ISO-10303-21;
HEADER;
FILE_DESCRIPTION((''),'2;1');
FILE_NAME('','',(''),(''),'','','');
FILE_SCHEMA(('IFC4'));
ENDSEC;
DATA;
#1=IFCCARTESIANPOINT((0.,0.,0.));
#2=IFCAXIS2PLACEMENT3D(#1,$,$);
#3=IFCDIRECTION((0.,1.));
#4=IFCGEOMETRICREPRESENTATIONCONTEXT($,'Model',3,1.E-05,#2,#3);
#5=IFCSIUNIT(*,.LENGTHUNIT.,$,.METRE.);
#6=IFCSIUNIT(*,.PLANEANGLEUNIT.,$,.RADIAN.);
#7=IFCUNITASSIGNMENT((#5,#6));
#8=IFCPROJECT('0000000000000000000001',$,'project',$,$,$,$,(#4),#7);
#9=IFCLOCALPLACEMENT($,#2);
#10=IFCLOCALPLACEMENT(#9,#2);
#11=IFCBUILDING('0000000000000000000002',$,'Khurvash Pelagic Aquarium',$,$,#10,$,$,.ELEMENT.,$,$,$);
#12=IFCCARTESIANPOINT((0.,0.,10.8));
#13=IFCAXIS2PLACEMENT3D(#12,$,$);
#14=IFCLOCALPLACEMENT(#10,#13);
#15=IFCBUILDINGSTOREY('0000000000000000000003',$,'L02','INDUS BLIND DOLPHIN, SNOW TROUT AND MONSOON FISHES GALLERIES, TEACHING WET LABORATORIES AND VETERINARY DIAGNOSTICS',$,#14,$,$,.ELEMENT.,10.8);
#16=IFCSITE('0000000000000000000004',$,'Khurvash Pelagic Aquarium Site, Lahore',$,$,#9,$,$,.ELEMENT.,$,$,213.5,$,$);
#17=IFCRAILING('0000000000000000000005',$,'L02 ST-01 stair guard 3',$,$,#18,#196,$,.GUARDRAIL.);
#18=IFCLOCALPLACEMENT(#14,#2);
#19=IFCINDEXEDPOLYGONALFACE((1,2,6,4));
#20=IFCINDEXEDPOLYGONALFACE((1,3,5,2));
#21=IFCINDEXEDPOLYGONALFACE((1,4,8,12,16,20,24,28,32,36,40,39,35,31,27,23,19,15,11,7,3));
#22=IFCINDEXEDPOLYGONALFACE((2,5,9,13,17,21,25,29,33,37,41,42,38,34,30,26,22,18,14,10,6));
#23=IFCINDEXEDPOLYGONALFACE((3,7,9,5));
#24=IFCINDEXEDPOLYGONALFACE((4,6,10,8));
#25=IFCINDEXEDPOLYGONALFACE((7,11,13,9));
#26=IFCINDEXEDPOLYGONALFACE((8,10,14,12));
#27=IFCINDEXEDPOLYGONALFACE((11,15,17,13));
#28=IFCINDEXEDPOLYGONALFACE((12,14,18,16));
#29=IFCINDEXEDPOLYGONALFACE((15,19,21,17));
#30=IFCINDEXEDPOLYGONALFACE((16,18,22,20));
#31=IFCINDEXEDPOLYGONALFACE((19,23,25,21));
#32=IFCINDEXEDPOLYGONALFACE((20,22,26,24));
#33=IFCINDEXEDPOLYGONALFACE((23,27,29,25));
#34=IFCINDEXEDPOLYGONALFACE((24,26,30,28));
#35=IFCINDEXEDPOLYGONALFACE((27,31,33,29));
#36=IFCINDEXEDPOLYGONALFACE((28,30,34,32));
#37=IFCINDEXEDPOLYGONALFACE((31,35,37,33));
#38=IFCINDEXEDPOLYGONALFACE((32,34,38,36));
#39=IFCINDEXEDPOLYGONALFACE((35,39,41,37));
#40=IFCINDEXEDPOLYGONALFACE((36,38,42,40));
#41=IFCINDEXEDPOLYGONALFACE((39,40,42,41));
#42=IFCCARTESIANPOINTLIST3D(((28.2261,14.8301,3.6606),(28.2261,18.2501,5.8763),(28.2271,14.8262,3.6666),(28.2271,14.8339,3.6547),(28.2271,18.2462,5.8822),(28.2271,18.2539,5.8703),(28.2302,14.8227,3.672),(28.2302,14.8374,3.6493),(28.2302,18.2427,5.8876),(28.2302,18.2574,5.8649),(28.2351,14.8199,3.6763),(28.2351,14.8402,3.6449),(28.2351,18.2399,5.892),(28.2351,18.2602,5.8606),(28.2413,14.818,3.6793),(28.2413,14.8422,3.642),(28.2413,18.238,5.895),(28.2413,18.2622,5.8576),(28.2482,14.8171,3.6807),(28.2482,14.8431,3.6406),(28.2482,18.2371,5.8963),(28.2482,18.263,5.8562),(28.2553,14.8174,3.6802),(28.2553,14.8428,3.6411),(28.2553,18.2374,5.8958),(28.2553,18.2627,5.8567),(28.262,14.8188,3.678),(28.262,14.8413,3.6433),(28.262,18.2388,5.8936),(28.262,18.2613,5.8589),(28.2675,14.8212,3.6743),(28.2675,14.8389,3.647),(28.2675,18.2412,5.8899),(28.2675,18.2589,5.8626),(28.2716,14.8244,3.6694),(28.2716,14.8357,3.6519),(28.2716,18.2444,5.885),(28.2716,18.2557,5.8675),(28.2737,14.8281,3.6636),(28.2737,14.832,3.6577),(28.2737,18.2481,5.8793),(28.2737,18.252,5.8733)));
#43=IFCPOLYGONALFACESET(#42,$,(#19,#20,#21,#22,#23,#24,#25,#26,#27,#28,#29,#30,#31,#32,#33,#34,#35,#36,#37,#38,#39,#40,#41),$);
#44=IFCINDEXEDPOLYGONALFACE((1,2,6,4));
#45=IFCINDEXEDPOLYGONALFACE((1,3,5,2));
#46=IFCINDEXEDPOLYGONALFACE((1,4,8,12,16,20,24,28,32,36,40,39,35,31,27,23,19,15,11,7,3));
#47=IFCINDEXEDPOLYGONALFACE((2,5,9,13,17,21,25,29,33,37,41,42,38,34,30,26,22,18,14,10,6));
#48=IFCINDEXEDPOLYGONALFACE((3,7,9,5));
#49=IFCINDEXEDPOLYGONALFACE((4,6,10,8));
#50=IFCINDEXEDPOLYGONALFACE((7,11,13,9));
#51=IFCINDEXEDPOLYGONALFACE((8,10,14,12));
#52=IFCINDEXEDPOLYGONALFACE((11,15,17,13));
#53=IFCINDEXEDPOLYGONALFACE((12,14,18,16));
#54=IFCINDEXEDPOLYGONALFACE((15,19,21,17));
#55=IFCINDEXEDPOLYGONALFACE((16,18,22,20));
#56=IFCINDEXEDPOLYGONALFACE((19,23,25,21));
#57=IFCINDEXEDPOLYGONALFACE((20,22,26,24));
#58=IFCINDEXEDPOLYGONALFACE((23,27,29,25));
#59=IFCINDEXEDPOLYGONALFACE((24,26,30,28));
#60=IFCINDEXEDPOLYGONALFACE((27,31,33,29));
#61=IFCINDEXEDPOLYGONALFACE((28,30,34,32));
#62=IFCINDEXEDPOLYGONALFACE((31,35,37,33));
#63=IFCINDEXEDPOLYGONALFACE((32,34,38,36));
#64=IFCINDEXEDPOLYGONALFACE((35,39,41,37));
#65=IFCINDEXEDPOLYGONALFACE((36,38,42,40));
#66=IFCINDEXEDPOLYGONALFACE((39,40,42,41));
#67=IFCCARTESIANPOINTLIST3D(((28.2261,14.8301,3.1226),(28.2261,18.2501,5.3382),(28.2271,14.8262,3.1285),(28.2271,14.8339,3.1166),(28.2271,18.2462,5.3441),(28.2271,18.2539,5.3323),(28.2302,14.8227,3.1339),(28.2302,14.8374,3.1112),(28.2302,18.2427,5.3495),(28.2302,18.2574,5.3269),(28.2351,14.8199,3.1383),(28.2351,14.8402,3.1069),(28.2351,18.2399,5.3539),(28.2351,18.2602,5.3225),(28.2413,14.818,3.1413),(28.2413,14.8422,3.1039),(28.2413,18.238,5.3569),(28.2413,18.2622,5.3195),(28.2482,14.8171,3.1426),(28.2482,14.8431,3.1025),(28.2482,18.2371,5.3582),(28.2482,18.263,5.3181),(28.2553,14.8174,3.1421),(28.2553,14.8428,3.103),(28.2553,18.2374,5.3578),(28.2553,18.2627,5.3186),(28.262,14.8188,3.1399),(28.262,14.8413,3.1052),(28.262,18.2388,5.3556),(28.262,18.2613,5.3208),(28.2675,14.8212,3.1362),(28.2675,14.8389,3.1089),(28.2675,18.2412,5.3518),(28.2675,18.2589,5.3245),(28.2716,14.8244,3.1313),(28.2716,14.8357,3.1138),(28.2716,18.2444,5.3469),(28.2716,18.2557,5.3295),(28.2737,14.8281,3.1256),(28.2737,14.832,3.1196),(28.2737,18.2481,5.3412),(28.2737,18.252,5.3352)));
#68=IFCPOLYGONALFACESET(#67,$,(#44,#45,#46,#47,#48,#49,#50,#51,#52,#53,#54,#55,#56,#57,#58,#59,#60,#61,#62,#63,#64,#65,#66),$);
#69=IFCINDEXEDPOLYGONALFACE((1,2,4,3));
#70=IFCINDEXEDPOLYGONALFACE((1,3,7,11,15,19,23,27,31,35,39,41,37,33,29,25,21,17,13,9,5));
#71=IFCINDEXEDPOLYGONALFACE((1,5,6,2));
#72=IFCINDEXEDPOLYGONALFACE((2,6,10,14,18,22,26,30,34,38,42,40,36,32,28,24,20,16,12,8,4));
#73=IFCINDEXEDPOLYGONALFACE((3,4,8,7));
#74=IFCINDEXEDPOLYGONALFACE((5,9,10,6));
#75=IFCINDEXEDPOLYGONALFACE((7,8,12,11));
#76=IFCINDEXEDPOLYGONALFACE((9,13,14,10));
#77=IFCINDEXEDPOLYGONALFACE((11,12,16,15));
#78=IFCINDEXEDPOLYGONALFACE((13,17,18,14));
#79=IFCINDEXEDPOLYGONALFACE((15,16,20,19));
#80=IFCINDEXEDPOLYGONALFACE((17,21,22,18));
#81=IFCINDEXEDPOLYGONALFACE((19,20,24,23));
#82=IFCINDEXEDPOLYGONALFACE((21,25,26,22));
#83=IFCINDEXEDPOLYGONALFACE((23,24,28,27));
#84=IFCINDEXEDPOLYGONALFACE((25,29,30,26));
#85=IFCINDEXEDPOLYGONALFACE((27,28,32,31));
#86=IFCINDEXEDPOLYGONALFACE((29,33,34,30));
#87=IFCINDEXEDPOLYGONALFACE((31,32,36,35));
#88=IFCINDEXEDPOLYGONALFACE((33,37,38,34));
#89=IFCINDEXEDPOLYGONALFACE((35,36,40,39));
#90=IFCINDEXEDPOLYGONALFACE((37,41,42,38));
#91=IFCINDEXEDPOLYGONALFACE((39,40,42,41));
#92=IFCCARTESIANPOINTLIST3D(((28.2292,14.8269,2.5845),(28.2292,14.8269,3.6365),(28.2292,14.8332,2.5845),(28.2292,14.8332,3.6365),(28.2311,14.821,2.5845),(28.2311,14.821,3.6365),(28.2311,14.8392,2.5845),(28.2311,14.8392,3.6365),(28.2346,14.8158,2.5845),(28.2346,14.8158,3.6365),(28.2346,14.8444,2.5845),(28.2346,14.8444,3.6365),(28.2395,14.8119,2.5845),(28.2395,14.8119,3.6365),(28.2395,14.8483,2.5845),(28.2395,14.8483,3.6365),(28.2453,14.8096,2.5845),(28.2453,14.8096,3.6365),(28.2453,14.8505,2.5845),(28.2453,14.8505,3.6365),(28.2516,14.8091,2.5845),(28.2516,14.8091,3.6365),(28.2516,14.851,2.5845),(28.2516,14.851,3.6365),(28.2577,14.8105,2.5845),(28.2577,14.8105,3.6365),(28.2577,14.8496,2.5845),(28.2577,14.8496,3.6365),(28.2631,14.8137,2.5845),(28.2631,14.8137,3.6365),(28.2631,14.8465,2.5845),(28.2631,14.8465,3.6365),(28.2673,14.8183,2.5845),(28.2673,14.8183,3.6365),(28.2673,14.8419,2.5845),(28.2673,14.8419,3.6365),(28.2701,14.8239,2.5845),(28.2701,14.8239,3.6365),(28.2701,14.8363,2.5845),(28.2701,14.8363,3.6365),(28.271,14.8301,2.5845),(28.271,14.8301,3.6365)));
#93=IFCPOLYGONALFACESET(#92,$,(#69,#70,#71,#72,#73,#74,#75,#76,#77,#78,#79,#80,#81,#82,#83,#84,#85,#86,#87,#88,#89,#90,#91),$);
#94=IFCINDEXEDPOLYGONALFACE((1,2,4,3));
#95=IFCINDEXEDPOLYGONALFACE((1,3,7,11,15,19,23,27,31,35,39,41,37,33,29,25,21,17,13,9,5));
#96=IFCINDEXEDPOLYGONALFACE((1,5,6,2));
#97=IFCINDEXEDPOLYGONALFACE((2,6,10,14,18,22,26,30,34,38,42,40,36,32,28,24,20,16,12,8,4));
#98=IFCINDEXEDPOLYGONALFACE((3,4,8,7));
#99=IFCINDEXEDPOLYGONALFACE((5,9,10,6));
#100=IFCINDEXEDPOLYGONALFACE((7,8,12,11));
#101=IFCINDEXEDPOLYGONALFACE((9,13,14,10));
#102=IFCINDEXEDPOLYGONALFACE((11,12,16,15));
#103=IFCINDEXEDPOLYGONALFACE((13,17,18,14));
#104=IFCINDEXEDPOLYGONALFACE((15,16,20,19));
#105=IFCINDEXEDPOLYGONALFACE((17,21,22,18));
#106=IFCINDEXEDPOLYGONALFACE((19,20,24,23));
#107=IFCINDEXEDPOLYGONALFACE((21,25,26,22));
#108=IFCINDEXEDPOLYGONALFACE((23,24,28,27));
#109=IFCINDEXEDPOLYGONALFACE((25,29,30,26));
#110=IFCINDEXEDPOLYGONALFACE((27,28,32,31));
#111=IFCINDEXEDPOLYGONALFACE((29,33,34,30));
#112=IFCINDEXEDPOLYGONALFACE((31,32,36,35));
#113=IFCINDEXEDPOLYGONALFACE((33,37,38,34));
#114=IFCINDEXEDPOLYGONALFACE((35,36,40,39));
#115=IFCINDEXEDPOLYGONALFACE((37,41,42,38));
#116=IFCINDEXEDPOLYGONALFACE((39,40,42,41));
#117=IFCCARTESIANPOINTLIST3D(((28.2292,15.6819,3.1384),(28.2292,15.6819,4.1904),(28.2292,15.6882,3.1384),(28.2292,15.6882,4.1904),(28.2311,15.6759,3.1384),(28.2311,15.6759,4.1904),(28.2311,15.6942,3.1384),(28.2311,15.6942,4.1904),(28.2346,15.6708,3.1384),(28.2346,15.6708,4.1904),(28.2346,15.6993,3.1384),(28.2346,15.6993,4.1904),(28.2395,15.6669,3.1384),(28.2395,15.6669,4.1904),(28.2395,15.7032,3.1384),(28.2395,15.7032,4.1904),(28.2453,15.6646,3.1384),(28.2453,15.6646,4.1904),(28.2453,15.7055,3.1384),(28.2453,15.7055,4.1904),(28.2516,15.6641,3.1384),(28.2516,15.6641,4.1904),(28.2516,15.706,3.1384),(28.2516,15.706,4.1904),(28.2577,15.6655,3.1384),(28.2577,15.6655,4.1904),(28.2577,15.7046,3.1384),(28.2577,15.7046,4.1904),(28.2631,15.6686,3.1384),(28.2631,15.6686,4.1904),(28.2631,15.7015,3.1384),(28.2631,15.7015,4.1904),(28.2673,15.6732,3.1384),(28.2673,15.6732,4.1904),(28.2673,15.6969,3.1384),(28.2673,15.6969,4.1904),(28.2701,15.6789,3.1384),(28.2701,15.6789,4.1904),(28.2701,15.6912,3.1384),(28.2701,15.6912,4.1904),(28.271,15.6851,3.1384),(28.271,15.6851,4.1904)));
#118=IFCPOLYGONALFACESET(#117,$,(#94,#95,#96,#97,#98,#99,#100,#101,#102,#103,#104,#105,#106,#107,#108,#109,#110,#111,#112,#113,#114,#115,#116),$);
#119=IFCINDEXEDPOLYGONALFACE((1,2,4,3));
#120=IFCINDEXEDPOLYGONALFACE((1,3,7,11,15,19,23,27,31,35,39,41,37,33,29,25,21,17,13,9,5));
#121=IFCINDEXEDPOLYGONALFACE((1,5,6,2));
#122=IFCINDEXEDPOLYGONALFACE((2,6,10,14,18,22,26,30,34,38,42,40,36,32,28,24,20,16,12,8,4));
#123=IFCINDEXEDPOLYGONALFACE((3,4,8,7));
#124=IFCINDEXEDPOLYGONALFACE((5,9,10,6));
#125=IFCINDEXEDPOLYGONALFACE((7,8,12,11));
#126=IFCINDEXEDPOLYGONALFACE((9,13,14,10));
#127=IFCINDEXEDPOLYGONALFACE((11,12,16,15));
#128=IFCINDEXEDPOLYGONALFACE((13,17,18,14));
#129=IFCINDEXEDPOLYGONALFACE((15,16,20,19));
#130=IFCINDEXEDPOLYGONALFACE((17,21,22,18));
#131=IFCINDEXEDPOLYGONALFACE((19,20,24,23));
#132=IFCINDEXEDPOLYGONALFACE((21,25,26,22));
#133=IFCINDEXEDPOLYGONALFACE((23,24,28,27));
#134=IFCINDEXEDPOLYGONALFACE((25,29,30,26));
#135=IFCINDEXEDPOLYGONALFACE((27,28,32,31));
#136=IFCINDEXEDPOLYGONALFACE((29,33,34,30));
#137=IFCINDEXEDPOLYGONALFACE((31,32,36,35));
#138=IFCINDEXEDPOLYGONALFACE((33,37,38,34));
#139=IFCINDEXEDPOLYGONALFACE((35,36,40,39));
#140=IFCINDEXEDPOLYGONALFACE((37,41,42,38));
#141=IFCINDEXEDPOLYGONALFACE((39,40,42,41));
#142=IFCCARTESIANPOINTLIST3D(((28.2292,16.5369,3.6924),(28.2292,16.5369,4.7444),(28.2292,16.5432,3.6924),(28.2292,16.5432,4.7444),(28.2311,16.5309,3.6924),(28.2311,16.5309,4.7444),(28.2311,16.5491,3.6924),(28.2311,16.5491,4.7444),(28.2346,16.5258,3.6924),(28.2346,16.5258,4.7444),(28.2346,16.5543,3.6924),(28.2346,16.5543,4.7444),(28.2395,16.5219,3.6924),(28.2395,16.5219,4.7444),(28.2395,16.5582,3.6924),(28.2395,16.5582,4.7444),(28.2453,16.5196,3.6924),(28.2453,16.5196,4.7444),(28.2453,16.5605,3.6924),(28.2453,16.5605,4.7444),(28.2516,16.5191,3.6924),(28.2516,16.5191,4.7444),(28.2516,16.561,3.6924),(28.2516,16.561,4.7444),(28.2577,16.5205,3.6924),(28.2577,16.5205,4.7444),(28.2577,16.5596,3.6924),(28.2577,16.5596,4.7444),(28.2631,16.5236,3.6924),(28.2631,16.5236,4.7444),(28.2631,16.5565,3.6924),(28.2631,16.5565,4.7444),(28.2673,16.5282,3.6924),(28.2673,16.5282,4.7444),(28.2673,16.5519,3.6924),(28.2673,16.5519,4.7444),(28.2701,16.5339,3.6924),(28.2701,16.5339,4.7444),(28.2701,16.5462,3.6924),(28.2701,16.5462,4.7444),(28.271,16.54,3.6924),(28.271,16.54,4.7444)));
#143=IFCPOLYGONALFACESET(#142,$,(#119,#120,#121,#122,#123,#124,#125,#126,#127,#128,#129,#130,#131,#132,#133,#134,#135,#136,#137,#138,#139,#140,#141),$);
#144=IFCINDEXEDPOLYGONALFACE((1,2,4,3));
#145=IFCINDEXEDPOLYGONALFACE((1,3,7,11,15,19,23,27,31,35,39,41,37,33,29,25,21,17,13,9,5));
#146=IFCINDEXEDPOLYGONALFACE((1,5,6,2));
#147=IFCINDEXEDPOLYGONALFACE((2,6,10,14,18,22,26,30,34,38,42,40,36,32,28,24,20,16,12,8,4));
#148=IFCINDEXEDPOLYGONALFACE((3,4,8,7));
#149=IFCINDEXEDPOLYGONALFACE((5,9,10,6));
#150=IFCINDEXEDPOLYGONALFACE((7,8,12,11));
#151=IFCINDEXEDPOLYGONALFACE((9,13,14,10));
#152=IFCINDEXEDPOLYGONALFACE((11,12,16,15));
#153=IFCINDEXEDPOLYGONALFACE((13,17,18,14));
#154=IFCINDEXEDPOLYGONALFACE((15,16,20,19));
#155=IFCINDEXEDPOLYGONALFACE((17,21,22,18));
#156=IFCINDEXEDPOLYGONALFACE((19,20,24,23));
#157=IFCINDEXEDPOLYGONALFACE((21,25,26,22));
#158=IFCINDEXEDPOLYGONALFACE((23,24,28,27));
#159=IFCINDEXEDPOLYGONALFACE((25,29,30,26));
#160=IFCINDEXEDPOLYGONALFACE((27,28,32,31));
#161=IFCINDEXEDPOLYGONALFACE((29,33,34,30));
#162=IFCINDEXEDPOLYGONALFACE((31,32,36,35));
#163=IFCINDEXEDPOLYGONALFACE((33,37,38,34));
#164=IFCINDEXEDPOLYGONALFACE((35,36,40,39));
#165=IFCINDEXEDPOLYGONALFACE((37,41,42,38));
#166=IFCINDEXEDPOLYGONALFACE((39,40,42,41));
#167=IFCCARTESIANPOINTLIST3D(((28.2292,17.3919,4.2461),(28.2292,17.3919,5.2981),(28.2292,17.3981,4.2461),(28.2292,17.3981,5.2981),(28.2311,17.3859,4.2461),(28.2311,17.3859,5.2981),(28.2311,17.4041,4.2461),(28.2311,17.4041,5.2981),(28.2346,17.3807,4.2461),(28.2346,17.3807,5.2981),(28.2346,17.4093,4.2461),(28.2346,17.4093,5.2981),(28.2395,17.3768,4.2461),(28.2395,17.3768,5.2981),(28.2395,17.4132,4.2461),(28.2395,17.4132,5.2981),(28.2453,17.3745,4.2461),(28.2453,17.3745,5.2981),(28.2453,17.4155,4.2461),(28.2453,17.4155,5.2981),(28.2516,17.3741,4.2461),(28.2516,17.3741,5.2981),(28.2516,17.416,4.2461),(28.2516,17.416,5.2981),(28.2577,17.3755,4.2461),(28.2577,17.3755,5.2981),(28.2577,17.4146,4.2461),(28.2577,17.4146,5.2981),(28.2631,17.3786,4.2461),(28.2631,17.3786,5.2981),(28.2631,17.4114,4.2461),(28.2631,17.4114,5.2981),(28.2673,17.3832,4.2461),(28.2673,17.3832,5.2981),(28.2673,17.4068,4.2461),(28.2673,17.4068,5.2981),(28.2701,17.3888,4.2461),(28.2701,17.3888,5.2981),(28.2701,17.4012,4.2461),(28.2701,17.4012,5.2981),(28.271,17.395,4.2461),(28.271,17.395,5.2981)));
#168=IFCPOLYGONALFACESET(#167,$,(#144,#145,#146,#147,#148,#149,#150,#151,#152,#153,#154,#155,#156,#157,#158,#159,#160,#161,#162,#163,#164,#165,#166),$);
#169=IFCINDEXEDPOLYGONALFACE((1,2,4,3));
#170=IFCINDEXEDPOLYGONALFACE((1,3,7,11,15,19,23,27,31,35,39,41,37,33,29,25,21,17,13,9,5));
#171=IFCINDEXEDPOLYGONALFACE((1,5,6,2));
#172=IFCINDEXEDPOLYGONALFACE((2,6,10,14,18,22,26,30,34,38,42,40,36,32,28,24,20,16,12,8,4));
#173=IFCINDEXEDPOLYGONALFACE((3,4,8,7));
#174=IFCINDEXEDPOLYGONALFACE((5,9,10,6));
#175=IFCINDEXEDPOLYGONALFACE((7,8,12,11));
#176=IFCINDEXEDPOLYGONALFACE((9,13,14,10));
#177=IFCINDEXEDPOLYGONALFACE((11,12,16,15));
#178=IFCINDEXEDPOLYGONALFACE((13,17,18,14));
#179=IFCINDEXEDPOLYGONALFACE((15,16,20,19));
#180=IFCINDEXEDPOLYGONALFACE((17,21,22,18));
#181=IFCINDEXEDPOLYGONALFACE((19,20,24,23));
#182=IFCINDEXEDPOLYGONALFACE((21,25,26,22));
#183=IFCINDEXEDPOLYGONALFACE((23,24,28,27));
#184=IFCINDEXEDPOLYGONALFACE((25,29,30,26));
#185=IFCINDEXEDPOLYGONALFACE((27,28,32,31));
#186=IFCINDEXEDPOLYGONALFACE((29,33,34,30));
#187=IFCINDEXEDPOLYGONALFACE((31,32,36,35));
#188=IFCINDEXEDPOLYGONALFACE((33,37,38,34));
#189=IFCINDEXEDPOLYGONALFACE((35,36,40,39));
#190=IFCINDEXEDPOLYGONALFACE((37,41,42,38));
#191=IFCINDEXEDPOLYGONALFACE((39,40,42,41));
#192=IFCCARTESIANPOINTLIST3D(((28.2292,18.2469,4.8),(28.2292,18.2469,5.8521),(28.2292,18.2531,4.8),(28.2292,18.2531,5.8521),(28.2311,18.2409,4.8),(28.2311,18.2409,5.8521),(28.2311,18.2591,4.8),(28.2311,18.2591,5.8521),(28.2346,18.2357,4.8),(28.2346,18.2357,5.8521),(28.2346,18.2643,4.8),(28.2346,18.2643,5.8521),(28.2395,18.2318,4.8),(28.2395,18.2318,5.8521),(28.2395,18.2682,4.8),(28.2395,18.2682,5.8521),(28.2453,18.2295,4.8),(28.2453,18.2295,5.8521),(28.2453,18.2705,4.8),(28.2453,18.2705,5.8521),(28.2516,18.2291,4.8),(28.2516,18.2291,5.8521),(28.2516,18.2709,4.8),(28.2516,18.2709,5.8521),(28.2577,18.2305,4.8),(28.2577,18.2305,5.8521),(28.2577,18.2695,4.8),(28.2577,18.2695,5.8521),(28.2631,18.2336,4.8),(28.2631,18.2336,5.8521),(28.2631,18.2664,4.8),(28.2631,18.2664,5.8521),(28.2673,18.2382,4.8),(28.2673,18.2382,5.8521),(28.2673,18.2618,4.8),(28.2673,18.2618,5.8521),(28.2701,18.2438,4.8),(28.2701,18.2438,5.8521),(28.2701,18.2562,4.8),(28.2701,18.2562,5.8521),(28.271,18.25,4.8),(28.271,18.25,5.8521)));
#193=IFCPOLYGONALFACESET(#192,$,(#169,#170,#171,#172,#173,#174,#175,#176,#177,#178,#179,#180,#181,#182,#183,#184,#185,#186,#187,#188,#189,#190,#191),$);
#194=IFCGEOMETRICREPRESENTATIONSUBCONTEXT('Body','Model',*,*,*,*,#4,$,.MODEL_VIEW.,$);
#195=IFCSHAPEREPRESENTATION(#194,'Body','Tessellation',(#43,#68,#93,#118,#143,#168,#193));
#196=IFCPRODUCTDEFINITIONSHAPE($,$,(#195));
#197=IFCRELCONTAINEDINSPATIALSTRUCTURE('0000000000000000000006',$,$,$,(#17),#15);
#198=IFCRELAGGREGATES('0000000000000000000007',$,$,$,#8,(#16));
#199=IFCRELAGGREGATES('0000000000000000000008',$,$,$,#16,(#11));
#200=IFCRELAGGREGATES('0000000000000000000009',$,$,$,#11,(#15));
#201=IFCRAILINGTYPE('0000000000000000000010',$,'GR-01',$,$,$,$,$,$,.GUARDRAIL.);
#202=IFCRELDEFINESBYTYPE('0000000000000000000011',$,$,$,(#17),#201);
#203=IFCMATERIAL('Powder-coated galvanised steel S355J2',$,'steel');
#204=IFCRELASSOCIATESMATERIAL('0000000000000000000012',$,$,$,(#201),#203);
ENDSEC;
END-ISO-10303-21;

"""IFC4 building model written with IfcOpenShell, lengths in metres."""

from ifc_helpers import new_model, si_unit, direction, frame, origin, origin_2d, place, context, subcontext, project, spatial, circle, extrude, material, type_object, element, save


model = new_model("IFC4")

# Units and contexts
model_context = context("Model", 3, precision=1e-05, world=origin(), true_north=direction((0.0, 1.0)))
body_context = subcontext(model_context, "Body", "Model", "MODEL_VIEW")
ifc_project = project(units=[si_unit("LENGTHUNIT", "METRE"), si_unit("PLANEANGLEUNIT", "RADIAN")], contexts=[model_context])

# Site, building, storey
site_placement = place(None, origin())
site = spatial("IfcSite", under=ifc_project, at=site_placement, Name="Khurvash Pelagic Aquarium Site, Lahore", CompositionType="ELEMENT", RefElevation=213.5)
building_placement = place(site_placement, origin())
building = spatial("IfcBuilding", under=site, at=building_placement, Name="Khurvash Pelagic Aquarium", CompositionType="ELEMENT")
storey_placement = place(building_placement, frame((0.0, 0.0, 10.8)))
storey = spatial("IfcBuildingStorey", under=building, at=storey_placement, Name="L02", Description="INDUS BLIND DOLPHIN, SNOW TROUT AND MONSOON FISHES GALLERIES, TEACHING WET LABORATORIES AND VETERINARY DIAGNOSTICS", CompositionType="ELEMENT", Elevation=10.8)

# Railing
ifc_material_1 = material(Name="Powder-coated galvanised steel S355J2", Category="steel")
railing_type_1 = type_object("IfcRailingType", Name="GR-01", PredefinedType="GUARDRAIL", material=ifc_material_1)
railing_1_placement = place(storey_placement, frame((28.25, 14.8301, 2.5845)))
element("IfcRailing", 1, at=railing_1_placement, inside=storey, type_object=railing_type_1, Name="L02 ST-01 stair guard 3", PredefinedType="GUARDRAIL", context=body_context, shape_type="SweptSolid", body=[
    extrude(circle(Radius=0.0239, at=origin_2d()), frame((0.0, 0.0, 1.0762), z_axis=(0.0, 0.839269, 0.543716), x_axis=(-1.0, 0.0, 0.0)), (0.0, 0.0, 1.0), 4.075),
    extrude(circle(Radius=0.0239, at=origin_2d()), frame((0.0, 0.0, 0.5381), z_axis=(0.0, 0.839269, 0.543716), x_axis=(-1.0, 0.0, 0.0)), (0.0, 0.0, 1.0), 4.075),
    extrude(circle(Radius=0.021, at=origin_2d()), origin(), (0.0, 0.0, 1.0), 1.052),
    extrude(circle(Radius=0.021, at=origin_2d()), frame((0.0, 0.855, 0.554)), (0.0, 0.0, 1.0), 1.052),
    extrude(circle(Radius=0.021, at=origin_2d()), frame((0.0, 1.71, 1.1079)), (0.0, 0.0, 1.0), 1.052),
    extrude(circle(Radius=0.021, at=origin_2d()), frame((0.0, 2.5649, 1.6616)), (0.0, 0.0, 1.0), 1.052),
    extrude(circle(Radius=0.021, at=origin_2d()), frame((0.0, 3.4199, 2.2156)), (0.0, 0.0, 1.0), 1.052),
])

save(model, "model.ifc")
